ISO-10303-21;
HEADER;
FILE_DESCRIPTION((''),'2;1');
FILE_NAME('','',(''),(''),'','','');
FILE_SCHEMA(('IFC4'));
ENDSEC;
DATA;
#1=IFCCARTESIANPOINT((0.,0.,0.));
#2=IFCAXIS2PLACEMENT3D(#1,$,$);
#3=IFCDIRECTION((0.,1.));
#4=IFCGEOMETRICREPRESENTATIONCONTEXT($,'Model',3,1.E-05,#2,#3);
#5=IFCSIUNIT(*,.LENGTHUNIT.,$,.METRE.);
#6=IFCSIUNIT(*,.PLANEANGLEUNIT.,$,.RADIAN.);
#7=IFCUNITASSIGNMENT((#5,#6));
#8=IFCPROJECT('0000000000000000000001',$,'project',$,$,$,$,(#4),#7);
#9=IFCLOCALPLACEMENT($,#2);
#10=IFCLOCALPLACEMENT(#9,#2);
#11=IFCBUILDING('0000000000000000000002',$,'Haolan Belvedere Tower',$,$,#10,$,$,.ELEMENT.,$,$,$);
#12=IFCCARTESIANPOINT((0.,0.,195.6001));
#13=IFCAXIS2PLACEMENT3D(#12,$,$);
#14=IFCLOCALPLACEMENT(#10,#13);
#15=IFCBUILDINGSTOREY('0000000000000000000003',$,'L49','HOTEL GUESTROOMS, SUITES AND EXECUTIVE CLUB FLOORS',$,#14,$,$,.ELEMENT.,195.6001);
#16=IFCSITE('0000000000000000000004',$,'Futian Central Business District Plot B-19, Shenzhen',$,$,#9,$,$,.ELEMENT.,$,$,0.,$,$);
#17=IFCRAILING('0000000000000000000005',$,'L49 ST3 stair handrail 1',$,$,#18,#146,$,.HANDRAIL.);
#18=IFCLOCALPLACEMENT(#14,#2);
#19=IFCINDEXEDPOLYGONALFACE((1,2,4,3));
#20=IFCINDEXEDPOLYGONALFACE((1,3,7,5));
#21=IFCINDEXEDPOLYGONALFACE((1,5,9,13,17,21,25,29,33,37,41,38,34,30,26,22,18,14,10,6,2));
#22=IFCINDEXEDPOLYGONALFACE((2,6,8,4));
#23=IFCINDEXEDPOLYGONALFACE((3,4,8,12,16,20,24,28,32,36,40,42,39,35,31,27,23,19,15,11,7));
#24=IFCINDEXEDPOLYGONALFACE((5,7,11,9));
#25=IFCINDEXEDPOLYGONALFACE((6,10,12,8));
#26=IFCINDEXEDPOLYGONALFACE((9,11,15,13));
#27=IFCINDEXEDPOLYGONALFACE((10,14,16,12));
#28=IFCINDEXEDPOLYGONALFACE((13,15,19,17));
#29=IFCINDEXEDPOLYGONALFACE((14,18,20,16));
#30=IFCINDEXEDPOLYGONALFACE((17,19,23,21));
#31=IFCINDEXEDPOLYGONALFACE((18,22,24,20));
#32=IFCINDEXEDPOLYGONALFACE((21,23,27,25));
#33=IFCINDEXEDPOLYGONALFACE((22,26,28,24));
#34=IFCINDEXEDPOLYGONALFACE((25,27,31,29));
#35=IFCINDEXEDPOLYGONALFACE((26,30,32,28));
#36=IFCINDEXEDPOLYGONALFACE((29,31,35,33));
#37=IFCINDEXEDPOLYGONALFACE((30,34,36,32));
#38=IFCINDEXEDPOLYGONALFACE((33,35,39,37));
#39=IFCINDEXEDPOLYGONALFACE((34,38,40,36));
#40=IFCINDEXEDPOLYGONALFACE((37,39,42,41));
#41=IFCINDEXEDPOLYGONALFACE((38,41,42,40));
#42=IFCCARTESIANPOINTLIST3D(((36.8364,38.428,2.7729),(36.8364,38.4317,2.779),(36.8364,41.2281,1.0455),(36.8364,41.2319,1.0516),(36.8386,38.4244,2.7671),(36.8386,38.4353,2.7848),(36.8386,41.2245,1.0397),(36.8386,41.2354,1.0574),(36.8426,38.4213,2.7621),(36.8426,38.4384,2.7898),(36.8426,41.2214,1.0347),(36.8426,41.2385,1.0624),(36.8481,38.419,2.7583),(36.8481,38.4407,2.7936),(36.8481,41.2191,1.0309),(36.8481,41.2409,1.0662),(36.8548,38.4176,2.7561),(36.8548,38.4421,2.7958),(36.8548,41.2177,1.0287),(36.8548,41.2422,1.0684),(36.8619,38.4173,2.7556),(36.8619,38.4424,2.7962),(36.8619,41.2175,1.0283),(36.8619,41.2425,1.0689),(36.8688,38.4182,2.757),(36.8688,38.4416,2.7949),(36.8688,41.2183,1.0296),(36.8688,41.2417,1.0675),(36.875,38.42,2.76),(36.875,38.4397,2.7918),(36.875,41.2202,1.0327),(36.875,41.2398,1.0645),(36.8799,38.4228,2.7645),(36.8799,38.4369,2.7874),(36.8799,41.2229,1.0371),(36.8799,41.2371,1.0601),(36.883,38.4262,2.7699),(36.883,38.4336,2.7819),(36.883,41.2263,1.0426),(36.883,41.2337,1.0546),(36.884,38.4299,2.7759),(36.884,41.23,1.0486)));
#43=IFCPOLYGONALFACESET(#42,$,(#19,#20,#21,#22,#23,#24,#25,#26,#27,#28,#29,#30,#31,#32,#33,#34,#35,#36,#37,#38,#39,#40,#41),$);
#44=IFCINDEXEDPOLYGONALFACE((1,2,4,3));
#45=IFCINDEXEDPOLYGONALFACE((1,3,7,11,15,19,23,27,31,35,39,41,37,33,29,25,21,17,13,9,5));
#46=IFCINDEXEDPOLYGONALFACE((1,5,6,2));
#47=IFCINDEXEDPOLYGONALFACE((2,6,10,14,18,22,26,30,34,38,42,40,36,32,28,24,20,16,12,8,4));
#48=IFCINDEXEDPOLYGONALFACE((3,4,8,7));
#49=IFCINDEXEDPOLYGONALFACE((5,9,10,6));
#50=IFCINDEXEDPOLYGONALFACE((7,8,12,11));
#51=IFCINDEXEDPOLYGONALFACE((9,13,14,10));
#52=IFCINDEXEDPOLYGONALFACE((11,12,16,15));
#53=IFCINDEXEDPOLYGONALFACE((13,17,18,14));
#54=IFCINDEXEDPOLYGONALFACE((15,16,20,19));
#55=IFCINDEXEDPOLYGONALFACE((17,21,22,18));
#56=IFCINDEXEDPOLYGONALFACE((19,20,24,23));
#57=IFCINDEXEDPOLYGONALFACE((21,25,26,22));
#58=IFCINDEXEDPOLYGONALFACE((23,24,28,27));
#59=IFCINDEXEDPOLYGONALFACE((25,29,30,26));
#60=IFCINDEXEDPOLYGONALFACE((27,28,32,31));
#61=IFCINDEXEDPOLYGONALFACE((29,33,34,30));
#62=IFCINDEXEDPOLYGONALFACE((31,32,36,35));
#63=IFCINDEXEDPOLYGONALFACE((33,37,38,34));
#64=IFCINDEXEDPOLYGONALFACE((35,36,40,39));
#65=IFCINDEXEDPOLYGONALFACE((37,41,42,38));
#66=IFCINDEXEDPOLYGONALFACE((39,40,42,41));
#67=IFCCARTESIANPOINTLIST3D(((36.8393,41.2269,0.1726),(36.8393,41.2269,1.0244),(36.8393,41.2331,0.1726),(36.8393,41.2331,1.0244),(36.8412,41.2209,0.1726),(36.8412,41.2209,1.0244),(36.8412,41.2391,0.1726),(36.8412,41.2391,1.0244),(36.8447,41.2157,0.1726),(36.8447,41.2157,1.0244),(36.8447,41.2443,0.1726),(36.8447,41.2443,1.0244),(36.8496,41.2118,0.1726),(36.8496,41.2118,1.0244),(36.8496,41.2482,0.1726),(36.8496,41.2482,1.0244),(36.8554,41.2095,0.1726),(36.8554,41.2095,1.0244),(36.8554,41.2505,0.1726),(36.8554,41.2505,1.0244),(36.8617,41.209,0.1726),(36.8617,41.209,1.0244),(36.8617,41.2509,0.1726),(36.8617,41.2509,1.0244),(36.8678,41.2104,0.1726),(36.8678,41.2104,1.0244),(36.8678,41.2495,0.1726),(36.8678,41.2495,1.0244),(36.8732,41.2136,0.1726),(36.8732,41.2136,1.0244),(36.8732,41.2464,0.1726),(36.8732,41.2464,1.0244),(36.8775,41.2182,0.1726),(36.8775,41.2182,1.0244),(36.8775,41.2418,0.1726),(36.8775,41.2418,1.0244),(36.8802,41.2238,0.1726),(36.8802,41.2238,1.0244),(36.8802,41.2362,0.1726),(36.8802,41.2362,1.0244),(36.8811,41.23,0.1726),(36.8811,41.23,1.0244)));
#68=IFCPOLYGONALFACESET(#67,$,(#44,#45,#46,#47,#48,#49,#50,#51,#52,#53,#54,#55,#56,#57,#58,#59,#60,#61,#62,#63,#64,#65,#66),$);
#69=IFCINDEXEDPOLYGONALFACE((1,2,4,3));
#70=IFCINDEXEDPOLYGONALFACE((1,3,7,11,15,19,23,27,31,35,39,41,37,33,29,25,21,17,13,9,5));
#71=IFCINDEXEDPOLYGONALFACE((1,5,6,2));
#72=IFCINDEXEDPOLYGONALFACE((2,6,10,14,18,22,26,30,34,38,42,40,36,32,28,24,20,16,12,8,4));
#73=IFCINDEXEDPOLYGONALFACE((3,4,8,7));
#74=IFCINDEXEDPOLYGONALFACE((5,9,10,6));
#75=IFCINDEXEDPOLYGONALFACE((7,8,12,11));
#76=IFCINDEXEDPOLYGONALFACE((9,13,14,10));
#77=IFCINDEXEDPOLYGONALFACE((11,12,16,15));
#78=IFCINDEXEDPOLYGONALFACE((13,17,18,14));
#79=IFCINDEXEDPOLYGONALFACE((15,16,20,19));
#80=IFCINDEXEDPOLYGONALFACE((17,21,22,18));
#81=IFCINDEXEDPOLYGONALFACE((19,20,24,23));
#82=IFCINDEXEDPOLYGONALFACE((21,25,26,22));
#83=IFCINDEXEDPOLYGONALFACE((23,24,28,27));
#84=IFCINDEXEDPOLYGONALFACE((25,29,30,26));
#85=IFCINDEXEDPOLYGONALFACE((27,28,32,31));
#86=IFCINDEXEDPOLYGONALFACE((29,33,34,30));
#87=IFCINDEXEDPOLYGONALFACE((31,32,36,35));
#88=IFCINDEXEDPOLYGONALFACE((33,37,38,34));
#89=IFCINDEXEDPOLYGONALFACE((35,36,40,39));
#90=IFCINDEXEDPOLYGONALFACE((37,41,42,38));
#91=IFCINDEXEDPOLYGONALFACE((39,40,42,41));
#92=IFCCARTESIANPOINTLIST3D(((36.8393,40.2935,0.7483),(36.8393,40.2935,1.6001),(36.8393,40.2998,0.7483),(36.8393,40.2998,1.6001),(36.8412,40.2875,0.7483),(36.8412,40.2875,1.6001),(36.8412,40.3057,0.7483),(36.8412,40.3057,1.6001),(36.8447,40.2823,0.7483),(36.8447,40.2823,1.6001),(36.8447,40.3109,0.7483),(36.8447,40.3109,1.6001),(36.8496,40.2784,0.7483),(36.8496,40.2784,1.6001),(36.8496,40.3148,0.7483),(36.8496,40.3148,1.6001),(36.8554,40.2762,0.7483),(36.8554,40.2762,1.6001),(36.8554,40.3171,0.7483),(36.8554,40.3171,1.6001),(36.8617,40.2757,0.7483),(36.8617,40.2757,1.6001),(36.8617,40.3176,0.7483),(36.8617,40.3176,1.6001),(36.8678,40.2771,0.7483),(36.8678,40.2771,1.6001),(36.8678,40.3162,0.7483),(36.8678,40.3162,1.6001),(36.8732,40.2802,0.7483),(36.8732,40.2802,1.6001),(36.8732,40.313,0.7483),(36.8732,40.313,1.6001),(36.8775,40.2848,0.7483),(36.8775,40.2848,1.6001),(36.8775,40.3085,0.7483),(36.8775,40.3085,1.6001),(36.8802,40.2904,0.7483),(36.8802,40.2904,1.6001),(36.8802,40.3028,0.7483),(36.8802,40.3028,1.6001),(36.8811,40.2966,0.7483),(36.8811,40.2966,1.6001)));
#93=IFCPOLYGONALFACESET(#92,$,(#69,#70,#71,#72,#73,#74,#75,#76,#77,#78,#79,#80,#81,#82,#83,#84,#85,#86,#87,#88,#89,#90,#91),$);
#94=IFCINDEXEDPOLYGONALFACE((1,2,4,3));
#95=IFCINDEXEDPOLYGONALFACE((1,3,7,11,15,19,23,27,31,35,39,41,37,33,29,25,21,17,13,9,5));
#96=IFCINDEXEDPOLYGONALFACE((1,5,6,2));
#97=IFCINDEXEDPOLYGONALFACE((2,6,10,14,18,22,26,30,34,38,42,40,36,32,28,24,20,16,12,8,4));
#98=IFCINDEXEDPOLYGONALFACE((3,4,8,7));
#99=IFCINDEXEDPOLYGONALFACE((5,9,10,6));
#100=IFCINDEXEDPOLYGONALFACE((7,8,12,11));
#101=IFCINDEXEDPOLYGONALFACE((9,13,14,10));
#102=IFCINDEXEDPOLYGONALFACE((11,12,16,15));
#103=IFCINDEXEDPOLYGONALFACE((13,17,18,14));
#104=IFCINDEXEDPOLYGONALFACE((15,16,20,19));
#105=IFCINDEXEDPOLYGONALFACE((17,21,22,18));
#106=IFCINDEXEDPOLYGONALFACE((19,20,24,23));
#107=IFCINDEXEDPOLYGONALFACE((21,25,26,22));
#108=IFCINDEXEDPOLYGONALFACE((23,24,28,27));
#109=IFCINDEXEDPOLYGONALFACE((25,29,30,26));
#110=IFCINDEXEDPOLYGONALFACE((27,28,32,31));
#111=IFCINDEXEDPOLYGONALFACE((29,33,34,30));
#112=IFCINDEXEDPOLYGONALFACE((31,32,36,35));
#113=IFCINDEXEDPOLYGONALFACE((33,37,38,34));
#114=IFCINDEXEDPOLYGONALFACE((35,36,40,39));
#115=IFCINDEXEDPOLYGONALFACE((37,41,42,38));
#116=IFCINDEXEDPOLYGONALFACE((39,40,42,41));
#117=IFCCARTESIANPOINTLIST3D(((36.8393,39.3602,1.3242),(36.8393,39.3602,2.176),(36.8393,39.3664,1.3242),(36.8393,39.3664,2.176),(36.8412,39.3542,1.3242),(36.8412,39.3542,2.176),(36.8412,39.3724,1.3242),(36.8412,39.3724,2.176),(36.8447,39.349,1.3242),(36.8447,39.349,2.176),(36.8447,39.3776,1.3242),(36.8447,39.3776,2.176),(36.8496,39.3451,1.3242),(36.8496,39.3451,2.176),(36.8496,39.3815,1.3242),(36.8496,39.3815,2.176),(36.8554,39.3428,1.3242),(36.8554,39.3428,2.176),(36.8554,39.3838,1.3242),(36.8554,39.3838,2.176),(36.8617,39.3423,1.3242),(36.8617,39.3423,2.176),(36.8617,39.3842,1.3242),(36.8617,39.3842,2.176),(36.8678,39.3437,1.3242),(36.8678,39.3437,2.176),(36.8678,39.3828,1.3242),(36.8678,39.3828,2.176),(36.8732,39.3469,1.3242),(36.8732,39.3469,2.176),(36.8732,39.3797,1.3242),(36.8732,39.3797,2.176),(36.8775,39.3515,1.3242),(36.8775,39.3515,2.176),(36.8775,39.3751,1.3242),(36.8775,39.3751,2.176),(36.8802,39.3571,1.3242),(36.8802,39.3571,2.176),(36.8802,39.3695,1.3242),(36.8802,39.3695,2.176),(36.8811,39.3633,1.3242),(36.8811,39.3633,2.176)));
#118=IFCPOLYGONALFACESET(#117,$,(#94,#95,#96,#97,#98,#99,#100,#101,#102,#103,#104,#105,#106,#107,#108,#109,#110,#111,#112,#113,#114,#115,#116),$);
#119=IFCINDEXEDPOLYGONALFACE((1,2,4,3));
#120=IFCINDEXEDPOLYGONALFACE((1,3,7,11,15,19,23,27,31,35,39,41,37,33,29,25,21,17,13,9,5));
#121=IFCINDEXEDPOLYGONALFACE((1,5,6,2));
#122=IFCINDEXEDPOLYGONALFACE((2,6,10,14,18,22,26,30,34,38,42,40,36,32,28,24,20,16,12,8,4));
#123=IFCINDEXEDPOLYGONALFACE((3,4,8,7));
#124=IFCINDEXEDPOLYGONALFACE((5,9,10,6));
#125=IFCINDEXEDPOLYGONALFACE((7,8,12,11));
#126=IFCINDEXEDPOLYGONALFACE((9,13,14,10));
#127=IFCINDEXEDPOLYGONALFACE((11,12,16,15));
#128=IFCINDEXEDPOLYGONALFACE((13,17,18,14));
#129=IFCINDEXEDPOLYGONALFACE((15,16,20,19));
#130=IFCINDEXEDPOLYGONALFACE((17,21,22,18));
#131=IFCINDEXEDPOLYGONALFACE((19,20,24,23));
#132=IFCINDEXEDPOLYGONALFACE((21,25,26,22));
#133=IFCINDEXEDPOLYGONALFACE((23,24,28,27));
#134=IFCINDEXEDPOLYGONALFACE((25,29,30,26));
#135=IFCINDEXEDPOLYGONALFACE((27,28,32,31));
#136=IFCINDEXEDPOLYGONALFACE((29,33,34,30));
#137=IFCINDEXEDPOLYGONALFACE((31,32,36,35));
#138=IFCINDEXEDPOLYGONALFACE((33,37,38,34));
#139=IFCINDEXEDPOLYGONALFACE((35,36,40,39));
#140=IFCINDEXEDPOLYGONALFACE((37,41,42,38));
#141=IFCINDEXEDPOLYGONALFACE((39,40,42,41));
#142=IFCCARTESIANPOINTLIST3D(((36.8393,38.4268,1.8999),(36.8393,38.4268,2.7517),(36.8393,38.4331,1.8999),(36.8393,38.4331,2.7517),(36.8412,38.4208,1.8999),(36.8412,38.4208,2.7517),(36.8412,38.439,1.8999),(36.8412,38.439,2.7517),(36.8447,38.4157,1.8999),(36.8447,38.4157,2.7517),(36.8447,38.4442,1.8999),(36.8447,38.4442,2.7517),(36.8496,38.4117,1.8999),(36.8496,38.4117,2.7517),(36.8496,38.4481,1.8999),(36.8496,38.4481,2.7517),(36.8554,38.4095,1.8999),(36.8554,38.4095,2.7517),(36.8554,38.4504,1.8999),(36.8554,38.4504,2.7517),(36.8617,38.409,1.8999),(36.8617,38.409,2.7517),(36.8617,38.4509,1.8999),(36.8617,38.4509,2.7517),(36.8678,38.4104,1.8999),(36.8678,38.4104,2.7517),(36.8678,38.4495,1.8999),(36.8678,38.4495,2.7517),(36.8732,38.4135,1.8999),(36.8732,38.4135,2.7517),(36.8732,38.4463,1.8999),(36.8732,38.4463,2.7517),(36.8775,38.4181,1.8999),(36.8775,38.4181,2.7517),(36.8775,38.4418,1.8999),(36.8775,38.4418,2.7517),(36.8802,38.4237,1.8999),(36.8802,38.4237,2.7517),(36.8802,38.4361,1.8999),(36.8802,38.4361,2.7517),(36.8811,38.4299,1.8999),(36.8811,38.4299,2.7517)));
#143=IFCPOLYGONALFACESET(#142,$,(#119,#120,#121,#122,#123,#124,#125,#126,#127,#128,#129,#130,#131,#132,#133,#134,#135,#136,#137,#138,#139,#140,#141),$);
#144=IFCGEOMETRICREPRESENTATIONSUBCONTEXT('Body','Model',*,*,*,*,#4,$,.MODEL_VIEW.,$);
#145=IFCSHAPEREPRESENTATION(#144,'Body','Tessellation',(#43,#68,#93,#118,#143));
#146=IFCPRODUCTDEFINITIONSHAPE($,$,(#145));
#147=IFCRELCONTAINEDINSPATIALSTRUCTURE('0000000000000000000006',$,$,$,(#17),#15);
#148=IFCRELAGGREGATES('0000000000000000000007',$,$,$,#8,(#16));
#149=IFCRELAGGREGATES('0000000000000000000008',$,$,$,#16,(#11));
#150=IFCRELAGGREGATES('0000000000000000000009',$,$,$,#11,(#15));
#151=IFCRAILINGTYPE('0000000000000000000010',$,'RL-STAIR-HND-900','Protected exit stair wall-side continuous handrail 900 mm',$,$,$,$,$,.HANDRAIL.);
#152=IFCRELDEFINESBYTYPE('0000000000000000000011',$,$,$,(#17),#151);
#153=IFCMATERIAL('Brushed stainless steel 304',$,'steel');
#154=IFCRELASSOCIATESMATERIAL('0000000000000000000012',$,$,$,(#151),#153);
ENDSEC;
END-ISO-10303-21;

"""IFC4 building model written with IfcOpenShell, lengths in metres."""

from ifc_helpers import new_model, si_unit, direction, frame, origin, origin_2d, place, context, subcontext, project, spatial, circle, extrude, material, type_object, element, save


model = new_model("IFC4")

# Units and contexts
model_context = context("Model", 3, precision=1e-05, world=origin(), true_north=direction((0.0, 1.0)))
body_context = subcontext(model_context, "Body", "Model", "MODEL_VIEW")
ifc_project = project(units=[si_unit("LENGTHUNIT", "METRE"), si_unit("PLANEANGLEUNIT", "RADIAN")], contexts=[model_context])

# Site, building, storey
site_placement = place(None, origin())
site = spatial("IfcSite", under=ifc_project, at=site_placement, Name="Futian Central Business District Plot B-19, Shenzhen", CompositionType="ELEMENT", RefElevation=0.0)
building_placement = place(site_placement, origin())
building = spatial("IfcBuilding", under=site, at=building_placement, Name="Haolan Belvedere Tower", CompositionType="ELEMENT")
storey_placement = place(building_placement, frame((0.0, 0.0, 195.6001)))
storey = spatial("IfcBuildingStorey", under=building, at=storey_placement, Name="L49", Description="HOTEL GUESTROOMS, SUITES AND EXECUTIVE CLUB FLOORS", CompositionType="ELEMENT", Elevation=195.6001)

# Railing
ifc_material_1 = material(Name="Brushed stainless steel 304", Category="steel")
railing_type_1 = type_object("IfcRailingType", Name="RL-STAIR-HND-900", Description="Protected exit stair wall-side continuous handrail 900 mm", PredefinedType="HANDRAIL", material=ifc_material_1)
railing_1_placement = place(storey_placement, frame((36.8601, 41.23, 0.1726)))
element("IfcRailing", 1, at=railing_1_placement, inside=storey, type_object=railing_type_1, Name="L49 ST3 stair handrail 1", PredefinedType="HANDRAIL", context=body_context, shape_type="SweptSolid", body=[
    extrude(circle(Radius=0.0239, at=origin_2d()), frame((0.0, 0.0, 0.876), z_axis=(0.0, -0.85109, 0.52502), x_axis=(1.0, 0.0, 0.0)), (0.0, 0.0, 1.0), 3.29),
    extrude(circle(Radius=0.021, at=origin_2d()), origin(), (0.0, 0.0, 1.0), 0.8518),
    extrude(circle(Radius=0.021, at=origin_2d()), frame((0.0, -0.9333, 0.5757)), (0.0, 0.0, 1.0), 0.8518),
    extrude(circle(Radius=0.021, at=origin_2d()), frame((0.0, -1.8667, 1.1516)), (0.0, 0.0, 1.0), 0.8518),
    extrude(circle(Radius=0.021, at=origin_2d()), frame((0.0, -2.8, 1.7273)), (0.0, 0.0, 1.0), 0.8518),
])

save(model, "model.ifc")
